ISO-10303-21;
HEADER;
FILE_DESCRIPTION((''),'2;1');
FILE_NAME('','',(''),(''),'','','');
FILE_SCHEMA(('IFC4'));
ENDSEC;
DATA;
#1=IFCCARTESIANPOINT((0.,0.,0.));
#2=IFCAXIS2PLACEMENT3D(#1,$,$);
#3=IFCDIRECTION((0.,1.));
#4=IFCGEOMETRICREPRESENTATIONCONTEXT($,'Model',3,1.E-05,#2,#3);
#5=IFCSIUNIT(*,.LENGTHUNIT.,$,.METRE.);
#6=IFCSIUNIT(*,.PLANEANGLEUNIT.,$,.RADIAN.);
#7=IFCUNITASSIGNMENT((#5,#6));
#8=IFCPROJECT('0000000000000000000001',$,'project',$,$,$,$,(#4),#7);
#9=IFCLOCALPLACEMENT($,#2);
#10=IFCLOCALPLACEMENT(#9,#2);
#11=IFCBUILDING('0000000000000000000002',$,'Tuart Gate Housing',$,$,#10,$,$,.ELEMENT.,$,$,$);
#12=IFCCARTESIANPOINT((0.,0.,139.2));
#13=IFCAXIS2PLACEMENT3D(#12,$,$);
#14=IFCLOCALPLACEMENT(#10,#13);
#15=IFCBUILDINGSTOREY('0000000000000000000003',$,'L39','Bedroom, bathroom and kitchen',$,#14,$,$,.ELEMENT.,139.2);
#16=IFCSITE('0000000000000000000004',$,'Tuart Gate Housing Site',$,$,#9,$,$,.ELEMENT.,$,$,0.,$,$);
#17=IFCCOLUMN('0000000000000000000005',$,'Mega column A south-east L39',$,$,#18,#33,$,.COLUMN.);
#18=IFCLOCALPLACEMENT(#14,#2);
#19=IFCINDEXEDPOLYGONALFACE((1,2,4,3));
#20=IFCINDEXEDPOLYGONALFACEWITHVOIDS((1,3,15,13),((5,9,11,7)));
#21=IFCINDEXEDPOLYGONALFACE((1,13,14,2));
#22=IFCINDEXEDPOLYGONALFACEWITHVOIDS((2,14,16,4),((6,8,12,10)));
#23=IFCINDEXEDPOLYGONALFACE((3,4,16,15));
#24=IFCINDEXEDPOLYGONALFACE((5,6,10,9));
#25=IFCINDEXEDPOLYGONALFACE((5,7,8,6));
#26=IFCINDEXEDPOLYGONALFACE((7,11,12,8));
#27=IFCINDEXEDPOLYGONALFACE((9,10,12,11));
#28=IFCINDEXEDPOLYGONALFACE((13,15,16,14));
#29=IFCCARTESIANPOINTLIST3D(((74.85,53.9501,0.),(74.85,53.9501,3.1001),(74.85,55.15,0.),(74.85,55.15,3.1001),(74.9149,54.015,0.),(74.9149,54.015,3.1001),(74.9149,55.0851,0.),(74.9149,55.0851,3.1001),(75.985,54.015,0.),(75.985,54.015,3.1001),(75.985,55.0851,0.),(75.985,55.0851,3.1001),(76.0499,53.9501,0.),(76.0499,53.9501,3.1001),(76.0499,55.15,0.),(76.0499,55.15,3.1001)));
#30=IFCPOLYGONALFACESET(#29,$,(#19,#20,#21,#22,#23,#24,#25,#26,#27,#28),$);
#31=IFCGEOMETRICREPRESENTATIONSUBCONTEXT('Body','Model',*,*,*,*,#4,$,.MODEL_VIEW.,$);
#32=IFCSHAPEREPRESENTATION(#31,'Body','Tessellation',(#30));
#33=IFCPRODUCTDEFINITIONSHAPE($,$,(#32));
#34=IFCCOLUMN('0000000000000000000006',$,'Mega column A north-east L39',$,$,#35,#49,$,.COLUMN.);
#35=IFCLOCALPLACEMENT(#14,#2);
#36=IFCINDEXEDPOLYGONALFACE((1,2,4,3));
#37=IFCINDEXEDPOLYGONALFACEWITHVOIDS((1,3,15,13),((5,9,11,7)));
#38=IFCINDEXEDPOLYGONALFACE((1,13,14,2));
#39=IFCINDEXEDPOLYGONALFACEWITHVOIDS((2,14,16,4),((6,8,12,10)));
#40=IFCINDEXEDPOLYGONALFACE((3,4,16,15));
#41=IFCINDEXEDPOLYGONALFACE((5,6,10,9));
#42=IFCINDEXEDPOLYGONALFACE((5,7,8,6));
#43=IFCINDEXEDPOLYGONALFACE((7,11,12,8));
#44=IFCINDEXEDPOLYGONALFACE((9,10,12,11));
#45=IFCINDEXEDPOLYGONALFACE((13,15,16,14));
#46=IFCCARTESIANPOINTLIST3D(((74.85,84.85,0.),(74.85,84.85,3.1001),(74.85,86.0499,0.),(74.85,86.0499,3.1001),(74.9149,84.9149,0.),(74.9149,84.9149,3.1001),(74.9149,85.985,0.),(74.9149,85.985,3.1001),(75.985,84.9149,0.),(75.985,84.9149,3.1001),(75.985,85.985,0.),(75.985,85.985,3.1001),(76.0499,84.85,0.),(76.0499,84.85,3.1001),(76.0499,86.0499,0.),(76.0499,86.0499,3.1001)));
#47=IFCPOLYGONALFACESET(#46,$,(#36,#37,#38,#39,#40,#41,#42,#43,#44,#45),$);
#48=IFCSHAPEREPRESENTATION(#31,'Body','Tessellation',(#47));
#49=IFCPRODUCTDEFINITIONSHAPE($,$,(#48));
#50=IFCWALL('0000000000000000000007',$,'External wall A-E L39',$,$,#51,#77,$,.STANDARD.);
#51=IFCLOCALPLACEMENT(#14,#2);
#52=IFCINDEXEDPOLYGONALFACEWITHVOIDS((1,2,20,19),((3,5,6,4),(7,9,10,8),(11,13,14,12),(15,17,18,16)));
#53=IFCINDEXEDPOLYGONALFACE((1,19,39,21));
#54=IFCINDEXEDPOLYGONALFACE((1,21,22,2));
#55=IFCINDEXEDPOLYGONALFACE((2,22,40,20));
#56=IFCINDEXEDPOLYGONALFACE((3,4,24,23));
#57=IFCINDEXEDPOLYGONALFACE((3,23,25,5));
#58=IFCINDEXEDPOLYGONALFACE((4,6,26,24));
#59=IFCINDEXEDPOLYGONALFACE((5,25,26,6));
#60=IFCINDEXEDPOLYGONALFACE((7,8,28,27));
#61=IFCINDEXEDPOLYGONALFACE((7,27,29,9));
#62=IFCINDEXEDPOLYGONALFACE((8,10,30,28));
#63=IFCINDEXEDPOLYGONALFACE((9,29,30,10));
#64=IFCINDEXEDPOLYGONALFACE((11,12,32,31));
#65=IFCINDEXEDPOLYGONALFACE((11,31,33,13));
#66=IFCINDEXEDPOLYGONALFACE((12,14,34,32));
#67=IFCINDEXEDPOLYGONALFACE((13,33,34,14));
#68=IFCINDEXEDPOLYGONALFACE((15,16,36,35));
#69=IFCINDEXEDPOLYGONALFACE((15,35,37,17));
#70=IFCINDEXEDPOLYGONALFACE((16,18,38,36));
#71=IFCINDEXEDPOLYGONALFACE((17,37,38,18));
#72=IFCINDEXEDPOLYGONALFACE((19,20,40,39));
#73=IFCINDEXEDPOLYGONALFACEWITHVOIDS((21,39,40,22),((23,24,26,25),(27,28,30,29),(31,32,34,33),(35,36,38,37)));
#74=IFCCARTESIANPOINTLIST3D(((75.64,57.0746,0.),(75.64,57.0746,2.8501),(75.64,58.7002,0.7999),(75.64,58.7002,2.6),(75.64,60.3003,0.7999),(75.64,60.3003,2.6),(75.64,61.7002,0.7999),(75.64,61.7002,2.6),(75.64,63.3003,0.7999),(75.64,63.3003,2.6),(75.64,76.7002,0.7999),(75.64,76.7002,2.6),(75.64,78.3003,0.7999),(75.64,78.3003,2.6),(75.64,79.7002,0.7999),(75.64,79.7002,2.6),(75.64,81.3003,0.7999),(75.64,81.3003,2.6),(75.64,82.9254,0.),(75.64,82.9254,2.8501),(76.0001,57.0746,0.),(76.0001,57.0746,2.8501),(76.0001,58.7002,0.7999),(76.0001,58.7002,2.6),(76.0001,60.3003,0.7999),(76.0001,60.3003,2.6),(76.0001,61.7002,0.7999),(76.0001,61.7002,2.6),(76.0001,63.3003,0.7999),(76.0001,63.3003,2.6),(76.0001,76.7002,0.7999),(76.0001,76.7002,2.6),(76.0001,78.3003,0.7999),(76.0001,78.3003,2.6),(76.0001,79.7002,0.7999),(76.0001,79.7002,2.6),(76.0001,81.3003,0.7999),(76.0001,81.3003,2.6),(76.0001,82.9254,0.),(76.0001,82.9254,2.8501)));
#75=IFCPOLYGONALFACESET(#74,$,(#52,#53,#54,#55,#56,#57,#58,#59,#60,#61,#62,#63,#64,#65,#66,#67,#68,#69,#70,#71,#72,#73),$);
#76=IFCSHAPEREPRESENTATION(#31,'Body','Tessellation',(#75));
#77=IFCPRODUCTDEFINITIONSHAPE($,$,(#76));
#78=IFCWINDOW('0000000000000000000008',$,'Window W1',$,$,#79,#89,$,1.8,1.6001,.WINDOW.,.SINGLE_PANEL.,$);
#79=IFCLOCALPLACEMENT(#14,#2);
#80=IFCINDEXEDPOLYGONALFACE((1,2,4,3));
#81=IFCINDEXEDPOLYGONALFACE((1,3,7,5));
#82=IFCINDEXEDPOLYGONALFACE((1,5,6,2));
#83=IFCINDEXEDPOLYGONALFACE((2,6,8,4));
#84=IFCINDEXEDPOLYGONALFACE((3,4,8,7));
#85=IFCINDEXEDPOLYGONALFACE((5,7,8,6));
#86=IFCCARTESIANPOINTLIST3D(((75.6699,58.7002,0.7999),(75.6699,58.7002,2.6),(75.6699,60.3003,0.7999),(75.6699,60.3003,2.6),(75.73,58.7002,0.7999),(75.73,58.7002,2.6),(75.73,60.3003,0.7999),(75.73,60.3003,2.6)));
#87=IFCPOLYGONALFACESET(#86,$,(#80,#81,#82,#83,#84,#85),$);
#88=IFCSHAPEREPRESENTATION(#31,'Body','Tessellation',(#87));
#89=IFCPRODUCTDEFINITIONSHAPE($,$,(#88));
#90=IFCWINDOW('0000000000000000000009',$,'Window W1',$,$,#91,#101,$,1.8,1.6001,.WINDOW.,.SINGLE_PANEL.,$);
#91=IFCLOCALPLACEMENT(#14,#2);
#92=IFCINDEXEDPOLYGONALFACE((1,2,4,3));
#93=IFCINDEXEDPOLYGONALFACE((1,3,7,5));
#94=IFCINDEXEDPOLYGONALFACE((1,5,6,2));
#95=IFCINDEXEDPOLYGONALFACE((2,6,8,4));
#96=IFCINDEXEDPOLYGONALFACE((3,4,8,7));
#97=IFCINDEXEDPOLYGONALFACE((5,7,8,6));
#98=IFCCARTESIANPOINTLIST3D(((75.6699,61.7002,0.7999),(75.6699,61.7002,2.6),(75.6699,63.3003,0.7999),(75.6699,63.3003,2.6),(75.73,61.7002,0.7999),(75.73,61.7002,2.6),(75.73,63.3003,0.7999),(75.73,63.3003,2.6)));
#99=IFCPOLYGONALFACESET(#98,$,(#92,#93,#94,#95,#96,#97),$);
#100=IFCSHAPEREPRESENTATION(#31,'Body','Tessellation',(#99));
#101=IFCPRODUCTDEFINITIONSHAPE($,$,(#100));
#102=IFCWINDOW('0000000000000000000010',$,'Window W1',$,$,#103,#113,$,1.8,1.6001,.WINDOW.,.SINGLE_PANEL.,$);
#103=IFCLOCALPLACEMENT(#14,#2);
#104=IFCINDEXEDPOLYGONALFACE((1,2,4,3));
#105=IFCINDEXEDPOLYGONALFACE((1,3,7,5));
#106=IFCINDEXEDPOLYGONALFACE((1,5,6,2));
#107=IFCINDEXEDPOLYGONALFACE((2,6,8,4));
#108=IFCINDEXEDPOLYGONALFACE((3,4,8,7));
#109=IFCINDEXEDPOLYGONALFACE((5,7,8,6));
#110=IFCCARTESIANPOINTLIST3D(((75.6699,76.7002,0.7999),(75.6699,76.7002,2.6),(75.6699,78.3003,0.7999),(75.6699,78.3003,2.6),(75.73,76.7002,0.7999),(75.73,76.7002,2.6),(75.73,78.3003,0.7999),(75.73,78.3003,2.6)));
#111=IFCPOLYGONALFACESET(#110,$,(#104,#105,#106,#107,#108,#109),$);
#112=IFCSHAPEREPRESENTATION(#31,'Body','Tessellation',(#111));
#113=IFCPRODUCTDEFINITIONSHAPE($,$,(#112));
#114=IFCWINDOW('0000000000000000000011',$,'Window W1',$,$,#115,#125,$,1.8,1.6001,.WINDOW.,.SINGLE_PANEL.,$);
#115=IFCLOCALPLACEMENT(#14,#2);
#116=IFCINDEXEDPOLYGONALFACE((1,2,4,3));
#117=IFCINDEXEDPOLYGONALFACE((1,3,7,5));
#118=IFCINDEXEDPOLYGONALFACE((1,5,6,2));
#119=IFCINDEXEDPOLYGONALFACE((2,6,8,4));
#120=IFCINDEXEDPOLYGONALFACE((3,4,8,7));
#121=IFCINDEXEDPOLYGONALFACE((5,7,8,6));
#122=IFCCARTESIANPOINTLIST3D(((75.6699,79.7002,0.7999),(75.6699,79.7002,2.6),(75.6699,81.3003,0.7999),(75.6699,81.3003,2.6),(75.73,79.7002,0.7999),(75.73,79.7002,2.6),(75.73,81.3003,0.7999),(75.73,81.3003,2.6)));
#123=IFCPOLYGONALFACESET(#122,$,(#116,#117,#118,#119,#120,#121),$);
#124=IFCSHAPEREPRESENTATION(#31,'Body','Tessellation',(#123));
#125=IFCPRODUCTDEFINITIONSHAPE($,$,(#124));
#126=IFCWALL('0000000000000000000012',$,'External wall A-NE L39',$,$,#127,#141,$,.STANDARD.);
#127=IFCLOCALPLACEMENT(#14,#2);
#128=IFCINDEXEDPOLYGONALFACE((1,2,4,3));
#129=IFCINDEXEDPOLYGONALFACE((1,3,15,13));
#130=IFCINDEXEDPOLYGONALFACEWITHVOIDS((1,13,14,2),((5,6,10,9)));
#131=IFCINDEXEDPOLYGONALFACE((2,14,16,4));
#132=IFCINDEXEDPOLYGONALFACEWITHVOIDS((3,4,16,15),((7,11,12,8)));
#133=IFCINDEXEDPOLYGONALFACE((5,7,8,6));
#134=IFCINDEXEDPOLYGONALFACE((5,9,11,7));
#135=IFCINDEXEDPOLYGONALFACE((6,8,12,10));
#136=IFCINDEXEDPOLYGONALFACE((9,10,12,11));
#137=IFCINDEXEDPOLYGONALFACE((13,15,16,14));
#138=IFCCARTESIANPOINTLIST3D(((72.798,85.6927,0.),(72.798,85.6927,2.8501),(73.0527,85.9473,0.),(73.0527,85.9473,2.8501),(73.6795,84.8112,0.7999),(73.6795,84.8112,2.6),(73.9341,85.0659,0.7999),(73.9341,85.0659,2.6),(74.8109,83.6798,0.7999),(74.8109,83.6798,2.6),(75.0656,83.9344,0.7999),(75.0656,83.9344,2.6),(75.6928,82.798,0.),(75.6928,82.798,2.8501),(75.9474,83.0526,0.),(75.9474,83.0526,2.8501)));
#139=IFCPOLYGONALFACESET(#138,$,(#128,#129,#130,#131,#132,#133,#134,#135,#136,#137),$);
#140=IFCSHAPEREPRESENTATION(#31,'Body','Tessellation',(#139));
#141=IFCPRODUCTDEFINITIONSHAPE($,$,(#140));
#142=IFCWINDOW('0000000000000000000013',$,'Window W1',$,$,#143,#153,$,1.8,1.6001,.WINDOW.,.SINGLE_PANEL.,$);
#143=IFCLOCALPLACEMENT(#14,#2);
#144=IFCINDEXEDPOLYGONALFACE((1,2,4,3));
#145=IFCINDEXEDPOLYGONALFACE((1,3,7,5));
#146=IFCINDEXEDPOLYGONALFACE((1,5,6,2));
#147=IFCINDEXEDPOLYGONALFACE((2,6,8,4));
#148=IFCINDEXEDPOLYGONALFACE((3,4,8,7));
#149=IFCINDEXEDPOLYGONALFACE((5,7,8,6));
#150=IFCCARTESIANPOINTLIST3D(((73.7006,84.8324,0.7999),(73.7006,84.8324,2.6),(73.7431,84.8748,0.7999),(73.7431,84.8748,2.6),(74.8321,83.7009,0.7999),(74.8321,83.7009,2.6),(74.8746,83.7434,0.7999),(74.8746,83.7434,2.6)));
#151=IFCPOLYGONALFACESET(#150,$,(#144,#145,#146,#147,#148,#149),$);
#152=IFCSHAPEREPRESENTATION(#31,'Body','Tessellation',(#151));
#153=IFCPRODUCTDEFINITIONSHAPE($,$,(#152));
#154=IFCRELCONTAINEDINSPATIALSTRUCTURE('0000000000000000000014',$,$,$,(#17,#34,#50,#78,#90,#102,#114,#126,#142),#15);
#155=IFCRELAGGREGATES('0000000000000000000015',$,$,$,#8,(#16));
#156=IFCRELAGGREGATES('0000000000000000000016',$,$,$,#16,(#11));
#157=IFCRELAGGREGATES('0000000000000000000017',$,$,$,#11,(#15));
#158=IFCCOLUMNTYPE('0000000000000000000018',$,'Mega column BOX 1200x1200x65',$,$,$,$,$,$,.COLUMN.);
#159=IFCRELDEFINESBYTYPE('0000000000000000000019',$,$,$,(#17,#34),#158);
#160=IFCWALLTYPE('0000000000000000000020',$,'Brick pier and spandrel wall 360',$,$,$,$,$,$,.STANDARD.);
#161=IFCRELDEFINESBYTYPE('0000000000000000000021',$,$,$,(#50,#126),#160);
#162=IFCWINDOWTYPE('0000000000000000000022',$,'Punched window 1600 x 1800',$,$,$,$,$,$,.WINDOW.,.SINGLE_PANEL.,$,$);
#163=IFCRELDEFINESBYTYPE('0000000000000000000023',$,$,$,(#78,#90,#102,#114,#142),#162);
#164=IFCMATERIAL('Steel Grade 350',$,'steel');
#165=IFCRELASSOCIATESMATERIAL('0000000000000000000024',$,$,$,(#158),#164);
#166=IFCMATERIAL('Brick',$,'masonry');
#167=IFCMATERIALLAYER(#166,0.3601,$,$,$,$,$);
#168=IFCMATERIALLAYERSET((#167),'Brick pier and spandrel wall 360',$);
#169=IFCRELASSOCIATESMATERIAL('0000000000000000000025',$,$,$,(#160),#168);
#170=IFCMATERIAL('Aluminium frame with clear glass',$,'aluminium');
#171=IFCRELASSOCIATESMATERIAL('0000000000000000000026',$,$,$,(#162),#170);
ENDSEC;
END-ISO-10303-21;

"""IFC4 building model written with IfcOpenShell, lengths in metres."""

from ifc_helpers import new_model, si_unit, direction, frame, frame_2d, origin, origin_2d, place, context, subcontext, project, spatial, rectangle, hollow_rectangle, extrude, material, layer, layer_set, material_profile, profile_set, type_object, element, fill, save


model = new_model("IFC4")

# Units and contexts
model_context = context("Model", 3, precision=1e-05, world=origin(), true_north=direction((0.0, 1.0)))
body_context = subcontext(model_context, "Body", "Model", "MODEL_VIEW")
ifc_project = project(units=[si_unit("LENGTHUNIT", "METRE"), si_unit("PLANEANGLEUNIT", "RADIAN")], contexts=[model_context])

# Site, building, storey
site_placement = place(None, origin())
site = spatial("IfcSite", under=ifc_project, at=site_placement, Name="Tuart Gate Housing Site", CompositionType="ELEMENT", RefElevation=0.0)
building_placement = place(site_placement, origin())
building = spatial("IfcBuilding", under=site, at=building_placement, Name="Tuart Gate Housing", CompositionType="ELEMENT")
storey_placement = place(building_placement, frame((0.0, 0.0, 139.2)))
storey = spatial("IfcBuildingStorey", under=building, at=storey_placement, Name="L39", Description="Bedroom, bathroom and kitchen", CompositionType="ELEMENT", Elevation=139.2)

# Columns
ifc_material_1 = material(Name="Steel Grade 350", Category="steel")
ifc_material_profile = material_profile(ifc_material_1, hollow_rectangle(XDim=1.2, YDim=1.2, WallThickness=0.0649, at=origin_2d()), Name="BOX 1200x1200x65")
ifc_profile_set = profile_set([ifc_material_profile], Name="Steel Grade 350")
column_type = type_object("IfcColumnType", Name="Mega column BOX 1200x1200x65", PredefinedType="COLUMN", material=ifc_profile_set)
for number, where, z_axis, x_axis, name in (
    (1, (75.45, 54.55, 0.0), (0.0, 0.0, 1.0), (1.0, 0.0, 0.0), "Mega column A south-east L39"),
    (2, (75.45, 85.45, 0.0), (0.0, 0.0, 1.0), (1.0, 0.0, 0.0), "Mega column A north-east L39"),
):
    element("IfcColumn", number, at=place(storey_placement, frame(where, z_axis=z_axis, x_axis=x_axis)), inside=storey, type_object=column_type, Name=name, PredefinedType="COLUMN", context=body_context, shape_type="SweptSolid", body=[
        extrude(hollow_rectangle(XDim=1.2, YDim=1.2, WallThickness=0.0649, at=origin_2d()), origin(), (0.0, 0.0, 1.0), 3.1001),
    ])

# Wall, openings, windows
ifc_material_2 = material(Name="Brick", Category="masonry")
ifc_layer_1 = layer(ifc_material_2, 0.3601)
ifc_layer_set_1 = layer_set([ifc_layer_1], Name="Brick pier and spandrel wall 360")
wall_type_1 = type_object("IfcWallType", Name="Brick pier and spandrel wall 360", PredefinedType="STANDARD", material=ifc_layer_set_1)
wall_1_placement = place(storey_placement, frame((75.8201, 57.0747, 0.0), z_axis=(0.0, 0.0, 1.0), x_axis=(0.0, 1.0, 0.0)))
wall_1 = element("IfcWall", 3, at=wall_1_placement, inside=storey, type_object=wall_type_1, Name="External wall A-E L39", PredefinedType="STANDARD", context=body_context, shape_type="SweptSolid", body=[
    extrude(rectangle(XDim=25.8508, YDim=0.3601, at=frame_2d((12.9253, 0.0))), origin(), (0.0, 0.0, 1.0), 2.8501),
])
opening_1_placement = place(wall_1_placement, frame((1.6255, 0.0, 0.8)))
opening_1 = element("IfcOpeningElement", 4, at=opening_1_placement, cuts=wall_1, PredefinedType="OPENING", context=body_context, shape_type="SweptSolid", body=[
    extrude(rectangle(XDim=1.6001, YDim=1.8, at=frame_2d((0.8, 0.8999))), frame((0.0, 0.1899, 0.0), z_axis=(0.0, -1.0, 0.0), x_axis=(1.0, 0.0, 0.0)), (0.0, 0.0, 1.0), 0.3801),
])
opening_2_placement = place(wall_1_placement, frame((4.6255, 0.0, 0.8)))
opening_2 = element("IfcOpeningElement", 5, at=opening_2_placement, cuts=wall_1, PredefinedType="OPENING", context=body_context, shape_type="SweptSolid", body=[
    extrude(rectangle(XDim=1.6001, YDim=1.8, at=frame_2d((0.8, 0.8999))), frame((0.0, 0.1899, 0.0), z_axis=(0.0, -1.0, 0.0), x_axis=(1.0, 0.0, 0.0)), (0.0, 0.0, 1.0), 0.3801),
])
opening_3_placement = place(wall_1_placement, frame((19.6255, 0.0, 0.8)))
opening_3 = element("IfcOpeningElement", 6, at=opening_3_placement, cuts=wall_1, PredefinedType="OPENING", context=body_context, shape_type="SweptSolid", body=[
    extrude(rectangle(XDim=1.6001, YDim=1.8, at=frame_2d((0.8, 0.8999))), frame((0.0, 0.1899, 0.0), z_axis=(0.0, -1.0, 0.0), x_axis=(1.0, 0.0, 0.0)), (0.0, 0.0, 1.0), 0.3801),
])
opening_4_placement = place(wall_1_placement, frame((22.6255, 0.0, 0.8)))
opening_4 = element("IfcOpeningElement", 7, at=opening_4_placement, cuts=wall_1, PredefinedType="OPENING", context=body_context, shape_type="SweptSolid", body=[
    extrude(rectangle(XDim=1.6001, YDim=1.8, at=frame_2d((0.8, 0.8999))), frame((0.0, 0.1899, 0.0), z_axis=(0.0, -1.0, 0.0), x_axis=(1.0, 0.0, 0.0)), (0.0, 0.0, 1.0), 0.3801),
])
ifc_material_3 = material(Name="Aluminium frame with clear glass", Category="aluminium")
window_type = type_object("IfcWindowType", Name="Punched window 1600 x 1800", PartitioningType="SINGLE_PANEL", PredefinedType="WINDOW", material=ifc_material_3)
window_1_placement = place(opening_1_placement, origin())
window_1 = element("IfcWindow", 8, at=window_1_placement, inside=storey, type_object=window_type, Name="Window W1", OverallHeight=1.8, OverallWidth=1.6001, PartitioningType="SINGLE_PANEL", PredefinedType="WINDOW", context=body_context, shape_type="SweptSolid", body=[
    extrude(rectangle(XDim=1.6001, YDim=1.8, at=frame_2d((0.8, 0.8999))), frame((0.0, 0.1501, 0.0), z_axis=(0.0, -1.0, 0.0), x_axis=(1.0, 0.0, 0.0)), (0.0, 0.0, 1.0), 0.0601),
])
fill(opening_1, window_1)
window_2_placement = place(opening_2_placement, origin())
window_2 = element("IfcWindow", 9, at=window_2_placement, inside=storey, type_object=window_type, Name="Window W1", OverallHeight=1.8, OverallWidth=1.6001, PartitioningType="SINGLE_PANEL", PredefinedType="WINDOW", context=body_context, shape_type="SweptSolid", body=[
    extrude(rectangle(XDim=1.6001, YDim=1.8, at=frame_2d((0.8, 0.8999))), frame((0.0, 0.1501, 0.0), z_axis=(0.0, -1.0, 0.0), x_axis=(1.0, 0.0, 0.0)), (0.0, 0.0, 1.0), 0.0601),
])
fill(opening_2, window_2)
window_3_placement = place(opening_3_placement, origin())
window_3 = element("IfcWindow", 10, at=window_3_placement, inside=storey, type_object=window_type, Name="Window W1", OverallHeight=1.8, OverallWidth=1.6001, PartitioningType="SINGLE_PANEL", PredefinedType="WINDOW", context=body_context, shape_type="SweptSolid", body=[
    extrude(rectangle(XDim=1.6001, YDim=1.8, at=frame_2d((0.8, 0.8999))), frame((0.0, 0.1501, 0.0), z_axis=(0.0, -1.0, 0.0), x_axis=(1.0, 0.0, 0.0)), (0.0, 0.0, 1.0), 0.0601),
])
fill(opening_3, window_3)
window_4_placement = place(opening_4_placement, origin())
window_4 = element("IfcWindow", 11, at=window_4_placement, inside=storey, type_object=window_type, Name="Window W1", OverallHeight=1.8, OverallWidth=1.6001, PartitioningType="SINGLE_PANEL", PredefinedType="WINDOW", context=body_context, shape_type="SweptSolid", body=[
    extrude(rectangle(XDim=1.6001, YDim=1.8, at=frame_2d((0.8, 0.8999))), frame((0.0, 0.1501, 0.0), z_axis=(0.0, -1.0, 0.0), x_axis=(1.0, 0.0, 0.0)), (0.0, 0.0, 1.0), 0.0601),
])
fill(opening_4, window_4)

# Wall, opening, window
wall_2_placement = place(storey_placement, frame((75.8201, 82.9253, 0.0), z_axis=(0.0, 0.0, 1.0), x_axis=(-0.707107, 0.707107, 0.0)))
wall_2 = element("IfcWall", 12, at=wall_2_placement, inside=storey, type_object=wall_type_1, Name="External wall A-NE L39", PredefinedType="STANDARD", context=body_context, shape_type="SweptSolid", body=[
    extrude(rectangle(XDim=4.0938, YDim=0.3601, at=frame_2d((2.0469, 0.0))), origin(), (0.0, 0.0, 1.0), 2.8501),
])
opening_5_placement = place(wall_2_placement, frame((1.2471, 0.0, 0.8)))
opening_5 = element("IfcOpeningElement", 13, at=opening_5_placement, cuts=wall_2, PredefinedType="OPENING", context=body_context, shape_type="SweptSolid", body=[
    extrude(rectangle(XDim=1.6001, YDim=1.8, at=frame_2d((0.8, 0.8999))), frame((0.0, 0.1899, 0.0), z_axis=(0.0, -1.0, 0.0), x_axis=(1.0, 0.0, 0.0)), (0.0, 0.0, 1.0), 0.3801),
])
window_5_placement = place(opening_5_placement, origin())
window_5 = element("IfcWindow", 14, at=window_5_placement, inside=storey, type_object=window_type, Name="Window W1", OverallHeight=1.8, OverallWidth=1.6001, PartitioningType="SINGLE_PANEL", PredefinedType="WINDOW", context=body_context, shape_type="SweptSolid", body=[
    extrude(rectangle(XDim=1.6001, YDim=1.8, at=frame_2d((0.8, 0.8999))), frame((0.0, 0.1501, 0.0), z_axis=(0.0, -1.0, 0.0), x_axis=(1.0, 0.0, 0.0)), (0.0, 0.0, 1.0), 0.0601),
])
fill(opening_5, window_5)

save(model, "model.ifc")
